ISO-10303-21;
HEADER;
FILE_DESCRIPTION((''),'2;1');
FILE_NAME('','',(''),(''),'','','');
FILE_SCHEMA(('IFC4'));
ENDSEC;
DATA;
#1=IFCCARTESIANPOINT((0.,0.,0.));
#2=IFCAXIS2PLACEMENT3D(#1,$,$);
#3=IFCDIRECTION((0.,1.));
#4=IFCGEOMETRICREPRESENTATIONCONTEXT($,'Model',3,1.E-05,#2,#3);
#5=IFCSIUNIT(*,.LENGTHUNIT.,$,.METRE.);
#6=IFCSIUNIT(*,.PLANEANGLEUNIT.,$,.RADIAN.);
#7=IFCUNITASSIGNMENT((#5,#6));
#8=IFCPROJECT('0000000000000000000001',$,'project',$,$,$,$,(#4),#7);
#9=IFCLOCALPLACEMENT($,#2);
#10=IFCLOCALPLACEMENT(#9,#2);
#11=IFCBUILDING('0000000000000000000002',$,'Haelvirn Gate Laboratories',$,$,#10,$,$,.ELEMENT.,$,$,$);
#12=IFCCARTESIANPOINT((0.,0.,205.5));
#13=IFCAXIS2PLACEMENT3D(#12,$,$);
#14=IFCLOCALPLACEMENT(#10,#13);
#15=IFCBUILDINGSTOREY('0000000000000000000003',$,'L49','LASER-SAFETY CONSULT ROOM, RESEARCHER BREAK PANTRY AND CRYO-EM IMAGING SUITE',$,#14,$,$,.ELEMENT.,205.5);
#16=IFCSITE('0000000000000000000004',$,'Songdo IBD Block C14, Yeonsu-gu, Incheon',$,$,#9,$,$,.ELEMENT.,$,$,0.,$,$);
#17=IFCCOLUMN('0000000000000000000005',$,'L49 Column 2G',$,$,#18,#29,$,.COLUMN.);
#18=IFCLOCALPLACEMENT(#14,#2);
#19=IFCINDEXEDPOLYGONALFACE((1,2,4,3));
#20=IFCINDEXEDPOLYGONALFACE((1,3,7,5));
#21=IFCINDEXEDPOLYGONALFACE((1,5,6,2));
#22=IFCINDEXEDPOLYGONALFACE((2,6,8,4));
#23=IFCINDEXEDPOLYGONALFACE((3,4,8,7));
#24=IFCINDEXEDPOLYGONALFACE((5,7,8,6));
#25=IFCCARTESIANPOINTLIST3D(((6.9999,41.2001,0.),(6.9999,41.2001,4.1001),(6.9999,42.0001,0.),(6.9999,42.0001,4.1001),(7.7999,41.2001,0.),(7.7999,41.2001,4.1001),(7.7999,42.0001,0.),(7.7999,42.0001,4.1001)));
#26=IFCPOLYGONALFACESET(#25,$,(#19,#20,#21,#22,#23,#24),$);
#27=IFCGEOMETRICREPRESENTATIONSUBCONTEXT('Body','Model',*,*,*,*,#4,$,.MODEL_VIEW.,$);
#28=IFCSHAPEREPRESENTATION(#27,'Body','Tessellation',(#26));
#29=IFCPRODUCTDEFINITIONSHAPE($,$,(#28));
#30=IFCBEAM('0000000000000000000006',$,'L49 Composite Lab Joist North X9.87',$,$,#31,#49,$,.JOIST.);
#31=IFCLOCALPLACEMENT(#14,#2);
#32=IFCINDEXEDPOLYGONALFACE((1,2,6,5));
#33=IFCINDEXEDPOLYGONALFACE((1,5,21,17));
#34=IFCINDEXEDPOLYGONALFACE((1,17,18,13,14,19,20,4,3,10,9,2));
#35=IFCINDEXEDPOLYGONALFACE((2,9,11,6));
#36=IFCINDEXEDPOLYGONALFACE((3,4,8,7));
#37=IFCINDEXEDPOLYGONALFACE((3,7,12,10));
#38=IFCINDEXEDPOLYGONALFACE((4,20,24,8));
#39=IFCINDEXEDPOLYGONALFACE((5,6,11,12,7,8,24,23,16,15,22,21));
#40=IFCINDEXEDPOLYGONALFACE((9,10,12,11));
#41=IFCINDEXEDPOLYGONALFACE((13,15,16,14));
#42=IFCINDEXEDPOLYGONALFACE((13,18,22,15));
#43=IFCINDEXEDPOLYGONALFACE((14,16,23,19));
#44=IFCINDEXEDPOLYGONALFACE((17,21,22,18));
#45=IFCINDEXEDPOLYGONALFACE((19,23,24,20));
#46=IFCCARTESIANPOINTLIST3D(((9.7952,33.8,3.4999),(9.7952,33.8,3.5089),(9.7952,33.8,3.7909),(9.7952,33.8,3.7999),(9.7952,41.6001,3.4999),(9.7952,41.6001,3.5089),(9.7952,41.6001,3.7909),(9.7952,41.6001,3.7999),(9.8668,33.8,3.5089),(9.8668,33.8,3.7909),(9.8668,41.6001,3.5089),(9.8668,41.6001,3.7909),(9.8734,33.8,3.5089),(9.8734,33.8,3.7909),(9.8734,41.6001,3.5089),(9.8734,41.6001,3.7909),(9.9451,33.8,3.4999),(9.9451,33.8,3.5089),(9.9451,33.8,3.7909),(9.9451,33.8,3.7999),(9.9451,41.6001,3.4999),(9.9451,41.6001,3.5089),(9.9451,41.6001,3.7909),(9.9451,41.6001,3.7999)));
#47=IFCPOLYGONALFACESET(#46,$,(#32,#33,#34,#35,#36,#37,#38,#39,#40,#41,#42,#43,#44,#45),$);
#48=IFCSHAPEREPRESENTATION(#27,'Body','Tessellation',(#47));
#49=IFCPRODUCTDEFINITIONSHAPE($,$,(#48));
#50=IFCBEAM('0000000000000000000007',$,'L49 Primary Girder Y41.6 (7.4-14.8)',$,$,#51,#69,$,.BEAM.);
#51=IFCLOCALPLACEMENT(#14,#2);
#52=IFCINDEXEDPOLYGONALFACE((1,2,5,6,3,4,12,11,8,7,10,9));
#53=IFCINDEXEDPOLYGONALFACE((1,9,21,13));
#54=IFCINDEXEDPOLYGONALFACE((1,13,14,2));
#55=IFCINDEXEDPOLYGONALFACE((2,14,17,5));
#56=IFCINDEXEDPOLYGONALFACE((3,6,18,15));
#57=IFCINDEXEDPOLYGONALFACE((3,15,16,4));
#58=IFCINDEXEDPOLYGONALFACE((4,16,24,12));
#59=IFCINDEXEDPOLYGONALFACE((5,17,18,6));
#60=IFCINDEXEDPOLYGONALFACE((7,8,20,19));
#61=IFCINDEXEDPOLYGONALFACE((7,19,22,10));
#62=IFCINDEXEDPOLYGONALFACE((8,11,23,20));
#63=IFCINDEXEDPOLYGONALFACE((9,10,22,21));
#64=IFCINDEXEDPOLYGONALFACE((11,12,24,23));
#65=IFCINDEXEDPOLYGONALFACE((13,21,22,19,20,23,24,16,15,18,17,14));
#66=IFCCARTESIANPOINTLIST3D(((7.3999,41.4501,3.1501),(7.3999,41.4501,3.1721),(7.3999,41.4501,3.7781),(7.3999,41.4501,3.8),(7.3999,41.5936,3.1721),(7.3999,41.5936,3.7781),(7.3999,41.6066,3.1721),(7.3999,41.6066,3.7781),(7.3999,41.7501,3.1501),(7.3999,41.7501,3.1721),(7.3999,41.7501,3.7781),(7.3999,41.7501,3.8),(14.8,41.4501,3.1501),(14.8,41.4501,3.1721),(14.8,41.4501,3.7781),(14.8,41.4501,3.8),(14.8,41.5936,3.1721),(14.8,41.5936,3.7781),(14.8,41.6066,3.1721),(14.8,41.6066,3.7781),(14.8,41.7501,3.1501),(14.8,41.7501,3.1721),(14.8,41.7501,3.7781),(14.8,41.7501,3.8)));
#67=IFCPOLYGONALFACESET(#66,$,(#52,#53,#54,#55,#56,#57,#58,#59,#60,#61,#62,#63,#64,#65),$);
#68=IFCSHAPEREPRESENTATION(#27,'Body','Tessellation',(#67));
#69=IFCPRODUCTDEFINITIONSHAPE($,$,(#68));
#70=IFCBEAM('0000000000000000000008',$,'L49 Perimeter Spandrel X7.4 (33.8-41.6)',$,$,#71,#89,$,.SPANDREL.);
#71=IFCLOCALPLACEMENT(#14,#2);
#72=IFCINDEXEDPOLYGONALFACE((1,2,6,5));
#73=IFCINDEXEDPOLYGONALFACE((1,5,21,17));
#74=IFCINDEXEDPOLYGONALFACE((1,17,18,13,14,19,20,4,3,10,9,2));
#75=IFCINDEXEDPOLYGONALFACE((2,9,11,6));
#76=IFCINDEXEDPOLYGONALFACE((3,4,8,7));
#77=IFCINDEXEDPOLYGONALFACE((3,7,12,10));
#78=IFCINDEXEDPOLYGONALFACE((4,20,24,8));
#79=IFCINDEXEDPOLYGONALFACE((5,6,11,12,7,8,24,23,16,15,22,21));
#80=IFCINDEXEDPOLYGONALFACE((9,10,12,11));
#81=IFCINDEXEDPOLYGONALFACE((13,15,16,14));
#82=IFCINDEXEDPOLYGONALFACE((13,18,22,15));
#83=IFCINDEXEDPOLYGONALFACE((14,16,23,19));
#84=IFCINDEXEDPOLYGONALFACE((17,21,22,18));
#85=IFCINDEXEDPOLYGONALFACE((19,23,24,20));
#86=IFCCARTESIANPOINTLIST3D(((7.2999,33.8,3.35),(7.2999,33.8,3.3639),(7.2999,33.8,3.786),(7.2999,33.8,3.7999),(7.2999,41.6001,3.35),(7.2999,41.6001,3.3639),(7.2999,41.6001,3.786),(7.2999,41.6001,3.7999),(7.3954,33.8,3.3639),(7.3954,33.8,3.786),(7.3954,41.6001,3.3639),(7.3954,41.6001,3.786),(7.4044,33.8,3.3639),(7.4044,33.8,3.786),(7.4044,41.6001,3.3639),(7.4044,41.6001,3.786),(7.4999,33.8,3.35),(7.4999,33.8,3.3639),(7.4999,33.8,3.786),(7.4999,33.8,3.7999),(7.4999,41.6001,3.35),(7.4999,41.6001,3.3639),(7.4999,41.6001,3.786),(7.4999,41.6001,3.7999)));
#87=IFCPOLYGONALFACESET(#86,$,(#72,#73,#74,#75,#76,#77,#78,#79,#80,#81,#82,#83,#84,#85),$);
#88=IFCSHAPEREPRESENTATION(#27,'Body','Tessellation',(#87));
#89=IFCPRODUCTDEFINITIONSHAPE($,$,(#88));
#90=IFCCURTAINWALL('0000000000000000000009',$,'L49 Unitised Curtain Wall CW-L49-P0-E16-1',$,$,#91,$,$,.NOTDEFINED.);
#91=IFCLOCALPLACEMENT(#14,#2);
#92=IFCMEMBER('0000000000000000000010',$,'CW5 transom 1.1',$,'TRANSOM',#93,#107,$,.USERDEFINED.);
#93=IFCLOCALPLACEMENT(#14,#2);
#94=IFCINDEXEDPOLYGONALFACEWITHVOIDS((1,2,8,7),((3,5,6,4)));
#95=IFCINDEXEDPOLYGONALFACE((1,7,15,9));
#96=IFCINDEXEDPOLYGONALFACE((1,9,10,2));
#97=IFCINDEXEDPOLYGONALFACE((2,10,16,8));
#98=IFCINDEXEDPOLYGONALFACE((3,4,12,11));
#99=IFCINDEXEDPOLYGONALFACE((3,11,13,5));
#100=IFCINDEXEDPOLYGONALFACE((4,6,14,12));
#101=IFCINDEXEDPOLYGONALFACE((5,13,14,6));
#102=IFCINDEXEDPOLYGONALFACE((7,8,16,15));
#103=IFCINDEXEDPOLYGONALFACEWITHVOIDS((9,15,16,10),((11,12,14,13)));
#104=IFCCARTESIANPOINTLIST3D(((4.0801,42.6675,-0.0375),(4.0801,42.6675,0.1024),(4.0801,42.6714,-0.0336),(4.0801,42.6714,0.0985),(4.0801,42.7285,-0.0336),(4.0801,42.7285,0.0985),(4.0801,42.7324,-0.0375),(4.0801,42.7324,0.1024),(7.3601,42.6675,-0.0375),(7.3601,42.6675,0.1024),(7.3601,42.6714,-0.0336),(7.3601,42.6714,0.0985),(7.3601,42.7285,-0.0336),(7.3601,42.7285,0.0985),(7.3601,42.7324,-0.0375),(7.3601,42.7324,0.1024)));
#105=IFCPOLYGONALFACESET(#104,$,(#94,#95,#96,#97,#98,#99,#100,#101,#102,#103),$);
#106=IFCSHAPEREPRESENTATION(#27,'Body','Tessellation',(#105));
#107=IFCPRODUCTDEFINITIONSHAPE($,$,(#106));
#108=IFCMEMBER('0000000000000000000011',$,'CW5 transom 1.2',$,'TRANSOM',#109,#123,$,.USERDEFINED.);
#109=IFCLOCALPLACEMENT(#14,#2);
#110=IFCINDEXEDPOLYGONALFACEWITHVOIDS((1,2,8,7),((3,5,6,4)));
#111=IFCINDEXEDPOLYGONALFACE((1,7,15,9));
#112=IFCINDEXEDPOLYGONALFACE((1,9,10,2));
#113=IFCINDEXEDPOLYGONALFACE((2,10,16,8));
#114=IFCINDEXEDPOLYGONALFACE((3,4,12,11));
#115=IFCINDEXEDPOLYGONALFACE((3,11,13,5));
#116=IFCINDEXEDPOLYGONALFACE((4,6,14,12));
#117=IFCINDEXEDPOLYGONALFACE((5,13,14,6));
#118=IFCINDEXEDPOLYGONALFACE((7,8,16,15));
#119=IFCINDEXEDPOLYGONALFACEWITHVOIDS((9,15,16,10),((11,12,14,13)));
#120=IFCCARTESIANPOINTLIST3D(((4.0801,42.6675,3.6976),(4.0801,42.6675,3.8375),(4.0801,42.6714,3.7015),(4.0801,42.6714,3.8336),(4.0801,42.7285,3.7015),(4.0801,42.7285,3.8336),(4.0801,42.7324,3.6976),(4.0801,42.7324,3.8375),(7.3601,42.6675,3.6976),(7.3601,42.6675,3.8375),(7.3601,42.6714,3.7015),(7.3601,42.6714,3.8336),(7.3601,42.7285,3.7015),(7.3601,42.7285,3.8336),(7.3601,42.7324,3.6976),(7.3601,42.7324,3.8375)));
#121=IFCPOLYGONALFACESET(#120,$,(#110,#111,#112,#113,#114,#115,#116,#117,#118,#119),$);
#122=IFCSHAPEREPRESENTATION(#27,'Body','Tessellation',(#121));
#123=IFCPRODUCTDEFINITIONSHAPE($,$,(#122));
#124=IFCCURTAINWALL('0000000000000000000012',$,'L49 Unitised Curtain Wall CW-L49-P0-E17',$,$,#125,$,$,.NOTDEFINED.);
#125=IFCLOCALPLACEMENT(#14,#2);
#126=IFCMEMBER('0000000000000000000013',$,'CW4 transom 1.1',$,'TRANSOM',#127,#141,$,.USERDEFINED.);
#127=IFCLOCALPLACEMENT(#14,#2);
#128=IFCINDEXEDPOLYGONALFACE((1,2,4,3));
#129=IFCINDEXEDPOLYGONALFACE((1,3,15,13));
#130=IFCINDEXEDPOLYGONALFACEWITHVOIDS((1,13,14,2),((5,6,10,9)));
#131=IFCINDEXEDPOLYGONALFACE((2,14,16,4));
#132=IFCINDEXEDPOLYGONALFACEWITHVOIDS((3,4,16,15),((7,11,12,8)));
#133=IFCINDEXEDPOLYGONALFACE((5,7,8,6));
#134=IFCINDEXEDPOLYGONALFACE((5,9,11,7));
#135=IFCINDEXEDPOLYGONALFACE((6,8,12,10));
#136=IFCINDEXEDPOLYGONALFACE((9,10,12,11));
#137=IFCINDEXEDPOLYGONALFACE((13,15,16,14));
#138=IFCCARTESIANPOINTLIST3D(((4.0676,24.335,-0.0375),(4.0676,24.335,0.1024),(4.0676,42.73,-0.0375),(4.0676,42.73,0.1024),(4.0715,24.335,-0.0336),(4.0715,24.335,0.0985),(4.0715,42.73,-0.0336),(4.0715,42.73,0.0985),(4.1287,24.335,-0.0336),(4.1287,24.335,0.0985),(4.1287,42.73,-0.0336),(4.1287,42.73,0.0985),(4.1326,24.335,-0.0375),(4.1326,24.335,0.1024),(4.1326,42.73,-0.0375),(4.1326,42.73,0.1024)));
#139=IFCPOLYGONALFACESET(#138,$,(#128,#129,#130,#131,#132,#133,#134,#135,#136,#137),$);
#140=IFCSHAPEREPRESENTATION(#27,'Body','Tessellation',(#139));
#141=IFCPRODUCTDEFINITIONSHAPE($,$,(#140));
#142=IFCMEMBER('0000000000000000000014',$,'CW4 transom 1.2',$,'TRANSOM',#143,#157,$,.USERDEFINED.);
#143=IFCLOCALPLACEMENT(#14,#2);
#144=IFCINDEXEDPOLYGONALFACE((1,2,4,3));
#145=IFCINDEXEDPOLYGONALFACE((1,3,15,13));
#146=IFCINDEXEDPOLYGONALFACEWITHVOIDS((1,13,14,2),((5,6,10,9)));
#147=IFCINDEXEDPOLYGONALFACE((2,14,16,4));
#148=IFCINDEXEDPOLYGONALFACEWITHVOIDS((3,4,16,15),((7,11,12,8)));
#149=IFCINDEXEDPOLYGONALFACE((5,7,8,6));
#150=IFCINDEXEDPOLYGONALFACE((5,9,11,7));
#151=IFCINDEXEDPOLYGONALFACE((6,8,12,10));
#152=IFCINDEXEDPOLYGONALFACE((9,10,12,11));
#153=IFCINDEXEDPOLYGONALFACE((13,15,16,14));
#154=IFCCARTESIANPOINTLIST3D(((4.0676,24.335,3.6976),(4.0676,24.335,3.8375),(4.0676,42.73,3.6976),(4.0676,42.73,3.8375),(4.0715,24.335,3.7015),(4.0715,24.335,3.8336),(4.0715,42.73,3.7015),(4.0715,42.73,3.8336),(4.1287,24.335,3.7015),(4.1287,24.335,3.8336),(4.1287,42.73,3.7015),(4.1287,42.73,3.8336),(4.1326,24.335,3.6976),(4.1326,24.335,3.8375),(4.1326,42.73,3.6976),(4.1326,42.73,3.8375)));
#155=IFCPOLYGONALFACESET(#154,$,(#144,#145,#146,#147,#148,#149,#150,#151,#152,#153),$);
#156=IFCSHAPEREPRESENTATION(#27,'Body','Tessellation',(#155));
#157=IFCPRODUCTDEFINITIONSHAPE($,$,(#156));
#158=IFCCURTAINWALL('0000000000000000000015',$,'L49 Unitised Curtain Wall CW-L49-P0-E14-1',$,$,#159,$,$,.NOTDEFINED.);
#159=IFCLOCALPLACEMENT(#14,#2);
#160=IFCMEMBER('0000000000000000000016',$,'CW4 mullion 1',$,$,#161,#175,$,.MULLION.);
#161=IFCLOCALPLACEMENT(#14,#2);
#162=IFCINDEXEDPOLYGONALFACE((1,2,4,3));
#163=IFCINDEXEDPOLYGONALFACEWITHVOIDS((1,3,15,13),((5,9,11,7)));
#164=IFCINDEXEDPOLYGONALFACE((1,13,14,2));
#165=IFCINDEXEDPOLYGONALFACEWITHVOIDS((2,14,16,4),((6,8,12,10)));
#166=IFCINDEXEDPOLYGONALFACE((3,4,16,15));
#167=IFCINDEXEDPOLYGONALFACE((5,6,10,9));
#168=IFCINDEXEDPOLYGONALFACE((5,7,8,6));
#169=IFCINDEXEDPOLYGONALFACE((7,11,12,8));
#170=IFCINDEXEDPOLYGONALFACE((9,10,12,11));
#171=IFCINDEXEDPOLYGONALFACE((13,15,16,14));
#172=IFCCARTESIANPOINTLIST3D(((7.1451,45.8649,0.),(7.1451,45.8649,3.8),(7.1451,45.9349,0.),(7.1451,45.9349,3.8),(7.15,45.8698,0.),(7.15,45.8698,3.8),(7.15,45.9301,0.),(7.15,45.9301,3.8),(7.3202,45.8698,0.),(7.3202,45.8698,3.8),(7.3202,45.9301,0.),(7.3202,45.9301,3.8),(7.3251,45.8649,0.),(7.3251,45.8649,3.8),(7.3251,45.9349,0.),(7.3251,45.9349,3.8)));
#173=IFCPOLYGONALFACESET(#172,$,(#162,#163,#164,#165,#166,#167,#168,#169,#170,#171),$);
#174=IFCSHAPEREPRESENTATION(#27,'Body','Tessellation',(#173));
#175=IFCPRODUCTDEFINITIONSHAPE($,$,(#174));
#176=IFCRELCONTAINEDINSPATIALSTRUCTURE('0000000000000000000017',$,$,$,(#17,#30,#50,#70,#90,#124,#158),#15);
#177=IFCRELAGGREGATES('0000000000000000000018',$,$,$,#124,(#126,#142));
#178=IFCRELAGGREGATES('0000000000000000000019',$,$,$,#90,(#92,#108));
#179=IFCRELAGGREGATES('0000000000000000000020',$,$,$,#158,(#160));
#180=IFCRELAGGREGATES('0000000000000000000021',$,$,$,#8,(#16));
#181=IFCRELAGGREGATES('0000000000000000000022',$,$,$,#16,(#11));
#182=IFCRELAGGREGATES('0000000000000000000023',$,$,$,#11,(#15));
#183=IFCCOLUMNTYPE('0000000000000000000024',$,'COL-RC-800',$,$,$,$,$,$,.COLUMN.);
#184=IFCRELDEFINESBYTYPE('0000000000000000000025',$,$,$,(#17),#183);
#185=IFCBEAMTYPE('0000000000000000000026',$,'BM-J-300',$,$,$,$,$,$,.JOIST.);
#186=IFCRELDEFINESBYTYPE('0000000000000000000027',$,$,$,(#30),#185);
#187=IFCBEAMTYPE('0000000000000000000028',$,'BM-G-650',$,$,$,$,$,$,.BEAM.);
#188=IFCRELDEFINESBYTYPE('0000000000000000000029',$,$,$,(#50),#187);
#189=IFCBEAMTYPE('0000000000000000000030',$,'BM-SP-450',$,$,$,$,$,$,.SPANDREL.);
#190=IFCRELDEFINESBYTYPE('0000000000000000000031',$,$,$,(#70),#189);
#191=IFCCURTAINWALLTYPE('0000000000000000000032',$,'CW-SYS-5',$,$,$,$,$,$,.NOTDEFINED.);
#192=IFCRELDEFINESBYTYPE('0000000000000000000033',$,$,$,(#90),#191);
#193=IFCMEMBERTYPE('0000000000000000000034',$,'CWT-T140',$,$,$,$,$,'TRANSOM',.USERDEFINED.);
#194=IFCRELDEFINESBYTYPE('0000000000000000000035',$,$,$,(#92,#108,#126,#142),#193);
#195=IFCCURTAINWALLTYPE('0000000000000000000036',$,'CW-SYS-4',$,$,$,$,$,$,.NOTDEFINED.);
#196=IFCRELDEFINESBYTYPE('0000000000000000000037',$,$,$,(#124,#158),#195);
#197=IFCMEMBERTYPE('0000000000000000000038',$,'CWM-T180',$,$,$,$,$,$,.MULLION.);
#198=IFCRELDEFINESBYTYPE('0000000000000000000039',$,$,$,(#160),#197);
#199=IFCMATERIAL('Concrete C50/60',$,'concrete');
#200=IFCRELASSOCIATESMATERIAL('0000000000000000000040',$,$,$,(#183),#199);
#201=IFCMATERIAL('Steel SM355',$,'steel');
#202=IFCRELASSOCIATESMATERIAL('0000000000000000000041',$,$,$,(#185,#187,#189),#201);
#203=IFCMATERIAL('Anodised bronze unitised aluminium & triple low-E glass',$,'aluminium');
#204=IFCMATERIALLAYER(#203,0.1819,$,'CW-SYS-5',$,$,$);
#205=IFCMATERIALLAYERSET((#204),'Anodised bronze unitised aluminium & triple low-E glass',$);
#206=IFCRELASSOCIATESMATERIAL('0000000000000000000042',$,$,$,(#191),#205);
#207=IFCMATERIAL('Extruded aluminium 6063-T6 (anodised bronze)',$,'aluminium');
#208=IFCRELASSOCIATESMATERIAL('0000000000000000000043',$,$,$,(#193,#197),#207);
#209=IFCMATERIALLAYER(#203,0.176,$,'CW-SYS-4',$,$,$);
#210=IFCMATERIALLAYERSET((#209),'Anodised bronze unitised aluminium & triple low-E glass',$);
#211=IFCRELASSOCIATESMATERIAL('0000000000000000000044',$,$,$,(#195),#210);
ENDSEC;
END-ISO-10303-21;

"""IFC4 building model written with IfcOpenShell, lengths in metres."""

from ifc_helpers import new_model, si_unit, direction, frame, origin, origin_2d, place, context, subcontext, project, spatial, rectangle, hollow_rectangle, i_section, extrude, source, transform, mapped, material, layer, layer_set, material_profile, profile_set, type_object, type_shapes, element, aggregate, save


model = new_model("IFC4")

# Units and contexts
model_context = context("Model", 3, precision=1e-05, world=origin(), true_north=direction((0.0, 1.0)))
body_context = subcontext(model_context, "Body", "Model", "MODEL_VIEW")
ifc_project = project(units=[si_unit("LENGTHUNIT", "METRE"), si_unit("PLANEANGLEUNIT", "RADIAN")], contexts=[model_context])

# Site, building, storey
site_placement = place(None, origin())
site = spatial("IfcSite", under=ifc_project, at=site_placement, Name="Songdo IBD Block C14, Yeonsu-gu, Incheon", CompositionType="ELEMENT", RefElevation=0.0)
building_placement = place(site_placement, origin())
building = spatial("IfcBuilding", under=site, at=building_placement, Name="Haelvirn Gate Laboratories", CompositionType="ELEMENT")
storey_placement = place(building_placement, frame((0.0, 0.0, 205.5)))
storey = spatial("IfcBuildingStorey", under=building, at=storey_placement, Name="L49", Description="LASER-SAFETY CONSULT ROOM, RESEARCHER BREAK PANTRY AND CRYO-EM IMAGING SUITE", CompositionType="ELEMENT", Elevation=205.5)

# Column
ifc_material_1 = material(Name="Concrete C50/60", Category="concrete")
ifc_material_profile_1 = material_profile(ifc_material_1, rectangle(XDim=0.8, YDim=0.8, at=origin_2d()), Name="RC-800x800")
ifc_profile_set_1 = profile_set([ifc_material_profile_1], Name="Concrete C50/60")
column_type = type_object("IfcColumnType", Name="COL-RC-800", PredefinedType="COLUMN", material=ifc_profile_set_1)
shared_shape_1 = source(origin(), body_context, "Body", "SweptSolid", [
    extrude(rectangle(XDim=0.8, YDim=0.8, at=origin_2d()), origin(), (0.0, 0.0, 1.0), 4.1001),
])
type_shapes(column_type, [shared_shape_1])
column_placement = place(storey_placement, frame((7.3999, 41.6001, 0.0), z_axis=(0.0, 0.0, 1.0), x_axis=(1.0, 0.0, 0.0)))
element("IfcColumn", 1, at=column_placement, inside=storey, type_object=column_type, Name="L49 Column 2G", PredefinedType="COLUMN", context=body_context, shape_type="MappedRepresentation", body=[
    mapped(shared_shape_1, transform((0.0, 0.0, 0.0), scale=1.0)),
])

# Beams
ifc_material_2 = material(Name="Steel SM355", Category="steel")
ifc_material_profile_2 = material_profile(ifc_material_2, i_section(OverallWidth=0.1499, OverallDepth=0.3, WebThickness=0.0066, FlangeThickness=0.009, at=origin_2d()), Name="H-300x150x6.5x9")
ifc_profile_set_2 = profile_set([ifc_material_profile_2], Name="Steel SM355")
beam_type_1 = type_object("IfcBeamType", Name="BM-J-300", PredefinedType="JOIST", material=ifc_profile_set_2)
shared_shape_2 = source(origin(), body_context, "Body", "SweptSolid", [
    extrude(i_section(OverallWidth=0.1499, OverallDepth=0.3, WebThickness=0.0066, FlangeThickness=0.009, at=origin_2d()), origin(), (0.0, 0.0, 1.0), 7.8),
])
type_shapes(beam_type_1, [shared_shape_2])
beam_1_placement = place(storey_placement, frame((9.8701, 33.8, 3.6499), z_axis=(0.0, 1.0, 0.0), x_axis=(-1.0, 0.0, 0.0)))
element("IfcBeam", 2, at=beam_1_placement, inside=storey, type_object=beam_type_1, Name="L49 Composite Lab Joist North X9.87", PredefinedType="JOIST", context=body_context, shape_type="MappedRepresentation", body=[
    mapped(shared_shape_2, transform((0.0, 0.0, 0.0), scale=1.0)),
])
ifc_material_profile_3 = material_profile(ifc_material_2, i_section(OverallWidth=0.3, OverallDepth=0.6499, WebThickness=0.0129, FlangeThickness=0.022, at=origin_2d()), Name="H-650x300x13x22")
ifc_profile_set_3 = profile_set([ifc_material_profile_3], Name="Steel SM355")
beam_type_2 = type_object("IfcBeamType", Name="BM-G-650", PredefinedType="BEAM", material=ifc_profile_set_3)
shared_shape_3 = source(origin(), body_context, "Body", "SweptSolid", [
    extrude(i_section(OverallWidth=0.3, OverallDepth=0.6499, WebThickness=0.0129, FlangeThickness=0.022, at=origin_2d()), origin(), (0.0, 0.0, 1.0), 7.4001),
])
type_shapes(beam_type_2, [shared_shape_3])
beam_2_placement = place(storey_placement, frame((7.3999, 41.6001, 3.4751), z_axis=(1.0, 0.0, 0.0), x_axis=(0.0, 1.0, 0.0)))
element("IfcBeam", 3, at=beam_2_placement, inside=storey, type_object=beam_type_2, Name="L49 Primary Girder Y41.6 (7.4-14.8)", PredefinedType="BEAM", context=body_context, shape_type="MappedRepresentation", body=[
    mapped(shared_shape_3, transform((0.0, 0.0, 0.0), scale=1.0)),
])
ifc_material_profile_4 = material_profile(ifc_material_2, i_section(OverallWidth=0.2, OverallDepth=0.45, WebThickness=0.009, FlangeThickness=0.0139, at=origin_2d()), Name="H-450x200x9x14")
ifc_profile_set_4 = profile_set([ifc_material_profile_4], Name="Steel SM355")
beam_type_3 = type_object("IfcBeamType", Name="BM-SP-450", PredefinedType="SPANDREL", material=ifc_profile_set_4)
shared_shape_4 = source(origin(), body_context, "Body", "SweptSolid", [
    extrude(i_section(OverallWidth=0.2, OverallDepth=0.45, WebThickness=0.009, FlangeThickness=0.0139, at=origin_2d()), origin(), (0.0, 0.0, 1.0), 7.8),
])
type_shapes(beam_type_3, [shared_shape_4])
beam_3_placement = place(storey_placement, frame((7.3999, 33.8, 3.575), z_axis=(0.0, 1.0, 0.0), x_axis=(-1.0, 0.0, 0.0)))
element("IfcBeam", 4, at=beam_3_placement, inside=storey, type_object=beam_type_3, Name="L49 Perimeter Spandrel X7.4 (33.8-41.6)", PredefinedType="SPANDREL", context=body_context, shape_type="MappedRepresentation", body=[
    mapped(shared_shape_4, transform((0.0, 0.0, 0.0), scale=1.0)),
])

# Curtain walls, members
ifc_material_3 = material(Name="Anodised bronze unitised aluminium & triple low-E glass", Category="aluminium")
ifc_layer_1 = layer(ifc_material_3, 0.1819, Name="CW-SYS-5")
ifc_layer_set_1 = layer_set([ifc_layer_1], Name="Anodised bronze unitised aluminium & triple low-E glass")
curtain_wall_type_1 = type_object("IfcCurtainWallType", Name="CW-SYS-5", PredefinedType="NOTDEFINED", material=ifc_layer_set_1)
curtain_wall_1_placement = place(storey_placement, origin())
curtain_wall_1 = element("IfcCurtainWall", 5, at=curtain_wall_1_placement, inside=storey, type_object=curtain_wall_type_1, Name="L49 Unitised Curtain Wall CW-L49-P0-E16-1", PredefinedType="NOTDEFINED")
ifc_material_4 = material(Name="Extruded aluminium 6063-T6 (anodised bronze)", Category="aluminium")
ifc_material_profile_5 = material_profile(ifc_material_4, hollow_rectangle(XDim=0.0649, YDim=0.1399, WallThickness=0.0039, at=origin_2d()), Name="CWT-140x65x4")
ifc_profile_set_5 = profile_set([ifc_material_profile_5], Name="Extruded aluminium 6063-T6 (anodised bronze)")
member_type_1 = type_object("IfcMemberType", Name="CWT-T140", ElementType="TRANSOM", PredefinedType="USERDEFINED", material=ifc_profile_set_5)
shared_shape_5 = source(origin(), body_context, "Body", "SweptSolid", [
    extrude(hollow_rectangle(XDim=0.0649, YDim=0.1399, WallThickness=0.0039, at=origin_2d()), origin(), (0.0, 0.0, 1.0), 3.28),
])
member_1_placement = place(storey_placement, frame((4.0801, 42.7, 0.0325), z_axis=(1.0, 0.0, 0.0), x_axis=(0.0, 1.0, 0.0)))
member_1 = element("IfcMember", 6, at=member_1_placement, type_object=member_type_1, Name="CW5 transom 1.1", ObjectType="TRANSOM", PredefinedType="USERDEFINED", context=body_context, shape_type="MappedRepresentation", body=[
    mapped(shared_shape_5, transform((0.0, 0.0, 0.0), scale=1.0)),
])
member_2_placement = place(storey_placement, frame((4.0801, 42.7, 3.7676), z_axis=(1.0, 0.0, 0.0), x_axis=(0.0, 1.0, 0.0)))
member_2 = element("IfcMember", 7, at=member_2_placement, type_object=member_type_1, Name="CW5 transom 1.2", ObjectType="TRANSOM", PredefinedType="USERDEFINED", context=body_context, shape_type="MappedRepresentation", body=[
    mapped(shared_shape_5, transform((0.0, 0.0, 0.0), scale=1.0)),
])
ifc_layer_2 = layer(ifc_material_3, 0.176, Name="CW-SYS-4")
ifc_layer_set_2 = layer_set([ifc_layer_2], Name="Anodised bronze unitised aluminium & triple low-E glass")
curtain_wall_type_2 = type_object("IfcCurtainWallType", Name="CW-SYS-4", PredefinedType="NOTDEFINED", material=ifc_layer_set_2)
curtain_wall_2_placement = place(storey_placement, origin())
curtain_wall_2 = element("IfcCurtainWall", 8, at=curtain_wall_2_placement, inside=storey, type_object=curtain_wall_type_2, Name="L49 Unitised Curtain Wall CW-L49-P0-E17", PredefinedType="NOTDEFINED")
shared_shape_6 = source(origin(), body_context, "Body", "SweptSolid", [
    extrude(hollow_rectangle(XDim=0.0649, YDim=0.1399, WallThickness=0.0039, at=origin_2d()), origin(), (0.0, 0.0, 1.0), 18.395),
])
member_3_placement = place(storey_placement, frame((4.1001, 42.73, 0.0325), z_axis=(0.0, -1.0, 0.0), x_axis=(1.0, 0.0, 0.0)))
member_3 = element("IfcMember", 9, at=member_3_placement, type_object=member_type_1, Name="CW4 transom 1.1", ObjectType="TRANSOM", PredefinedType="USERDEFINED", context=body_context, shape_type="MappedRepresentation", body=[
    mapped(shared_shape_6, transform((0.0, 0.0, 0.0), scale=1.0)),
])
member_4_placement = place(storey_placement, frame((4.1001, 42.73, 3.7676), z_axis=(0.0, -1.0, 0.0), x_axis=(1.0, 0.0, 0.0)))
member_4 = element("IfcMember", 10, at=member_4_placement, type_object=member_type_1, Name="CW4 transom 1.2", ObjectType="TRANSOM", PredefinedType="USERDEFINED", context=body_context, shape_type="MappedRepresentation", body=[
    mapped(shared_shape_6, transform((0.0, 0.0, 0.0), scale=1.0)),
])
curtain_wall_3_placement = place(storey_placement, origin())
curtain_wall_3 = element("IfcCurtainWall", 11, at=curtain_wall_3_placement, inside=storey, type_object=curtain_wall_type_2, Name="L49 Unitised Curtain Wall CW-L49-P0-E14-1", PredefinedType="NOTDEFINED")
ifc_material_profile_6 = material_profile(ifc_material_4, hollow_rectangle(XDim=0.0701, YDim=0.1799, WallThickness=0.0049, at=origin_2d()), Name="CWM-180x70x5")
ifc_profile_set_6 = profile_set([ifc_material_profile_6], Name="Extruded aluminium 6063-T6 (anodised bronze)")
member_type_2 = type_object("IfcMemberType", Name="CWM-T180", PredefinedType="MULLION", material=ifc_profile_set_6)
shared_shape_7 = source(origin(), body_context, "Body", "SweptSolid", [
    extrude(hollow_rectangle(XDim=0.0701, YDim=0.1799, WallThickness=0.0049, at=origin_2d()), origin(), (0.0, 0.0, 1.0), 3.8),
])
type_shapes(member_type_2, [shared_shape_7])
member_5_placement = place(storey_placement, frame((7.2351, 45.8999, 0.0), z_axis=(0.0, 0.0, 1.0), x_axis=(0.0, 1.0, 0.0)))
member_5 = element("IfcMember", 12, at=member_5_placement, type_object=member_type_2, Name="CW4 mullion 1", PredefinedType="MULLION", context=body_context, shape_type="MappedRepresentation", body=[
    mapped(shared_shape_7, transform((0.0, 0.0, 0.0), scale=1.0)),
])

aggregate(curtain_wall_2, [member_3, member_4])

aggregate(curtain_wall_1, [member_1, member_2])
aggregate(curtain_wall_3, [member_5])

save(model, "model.ifc")
